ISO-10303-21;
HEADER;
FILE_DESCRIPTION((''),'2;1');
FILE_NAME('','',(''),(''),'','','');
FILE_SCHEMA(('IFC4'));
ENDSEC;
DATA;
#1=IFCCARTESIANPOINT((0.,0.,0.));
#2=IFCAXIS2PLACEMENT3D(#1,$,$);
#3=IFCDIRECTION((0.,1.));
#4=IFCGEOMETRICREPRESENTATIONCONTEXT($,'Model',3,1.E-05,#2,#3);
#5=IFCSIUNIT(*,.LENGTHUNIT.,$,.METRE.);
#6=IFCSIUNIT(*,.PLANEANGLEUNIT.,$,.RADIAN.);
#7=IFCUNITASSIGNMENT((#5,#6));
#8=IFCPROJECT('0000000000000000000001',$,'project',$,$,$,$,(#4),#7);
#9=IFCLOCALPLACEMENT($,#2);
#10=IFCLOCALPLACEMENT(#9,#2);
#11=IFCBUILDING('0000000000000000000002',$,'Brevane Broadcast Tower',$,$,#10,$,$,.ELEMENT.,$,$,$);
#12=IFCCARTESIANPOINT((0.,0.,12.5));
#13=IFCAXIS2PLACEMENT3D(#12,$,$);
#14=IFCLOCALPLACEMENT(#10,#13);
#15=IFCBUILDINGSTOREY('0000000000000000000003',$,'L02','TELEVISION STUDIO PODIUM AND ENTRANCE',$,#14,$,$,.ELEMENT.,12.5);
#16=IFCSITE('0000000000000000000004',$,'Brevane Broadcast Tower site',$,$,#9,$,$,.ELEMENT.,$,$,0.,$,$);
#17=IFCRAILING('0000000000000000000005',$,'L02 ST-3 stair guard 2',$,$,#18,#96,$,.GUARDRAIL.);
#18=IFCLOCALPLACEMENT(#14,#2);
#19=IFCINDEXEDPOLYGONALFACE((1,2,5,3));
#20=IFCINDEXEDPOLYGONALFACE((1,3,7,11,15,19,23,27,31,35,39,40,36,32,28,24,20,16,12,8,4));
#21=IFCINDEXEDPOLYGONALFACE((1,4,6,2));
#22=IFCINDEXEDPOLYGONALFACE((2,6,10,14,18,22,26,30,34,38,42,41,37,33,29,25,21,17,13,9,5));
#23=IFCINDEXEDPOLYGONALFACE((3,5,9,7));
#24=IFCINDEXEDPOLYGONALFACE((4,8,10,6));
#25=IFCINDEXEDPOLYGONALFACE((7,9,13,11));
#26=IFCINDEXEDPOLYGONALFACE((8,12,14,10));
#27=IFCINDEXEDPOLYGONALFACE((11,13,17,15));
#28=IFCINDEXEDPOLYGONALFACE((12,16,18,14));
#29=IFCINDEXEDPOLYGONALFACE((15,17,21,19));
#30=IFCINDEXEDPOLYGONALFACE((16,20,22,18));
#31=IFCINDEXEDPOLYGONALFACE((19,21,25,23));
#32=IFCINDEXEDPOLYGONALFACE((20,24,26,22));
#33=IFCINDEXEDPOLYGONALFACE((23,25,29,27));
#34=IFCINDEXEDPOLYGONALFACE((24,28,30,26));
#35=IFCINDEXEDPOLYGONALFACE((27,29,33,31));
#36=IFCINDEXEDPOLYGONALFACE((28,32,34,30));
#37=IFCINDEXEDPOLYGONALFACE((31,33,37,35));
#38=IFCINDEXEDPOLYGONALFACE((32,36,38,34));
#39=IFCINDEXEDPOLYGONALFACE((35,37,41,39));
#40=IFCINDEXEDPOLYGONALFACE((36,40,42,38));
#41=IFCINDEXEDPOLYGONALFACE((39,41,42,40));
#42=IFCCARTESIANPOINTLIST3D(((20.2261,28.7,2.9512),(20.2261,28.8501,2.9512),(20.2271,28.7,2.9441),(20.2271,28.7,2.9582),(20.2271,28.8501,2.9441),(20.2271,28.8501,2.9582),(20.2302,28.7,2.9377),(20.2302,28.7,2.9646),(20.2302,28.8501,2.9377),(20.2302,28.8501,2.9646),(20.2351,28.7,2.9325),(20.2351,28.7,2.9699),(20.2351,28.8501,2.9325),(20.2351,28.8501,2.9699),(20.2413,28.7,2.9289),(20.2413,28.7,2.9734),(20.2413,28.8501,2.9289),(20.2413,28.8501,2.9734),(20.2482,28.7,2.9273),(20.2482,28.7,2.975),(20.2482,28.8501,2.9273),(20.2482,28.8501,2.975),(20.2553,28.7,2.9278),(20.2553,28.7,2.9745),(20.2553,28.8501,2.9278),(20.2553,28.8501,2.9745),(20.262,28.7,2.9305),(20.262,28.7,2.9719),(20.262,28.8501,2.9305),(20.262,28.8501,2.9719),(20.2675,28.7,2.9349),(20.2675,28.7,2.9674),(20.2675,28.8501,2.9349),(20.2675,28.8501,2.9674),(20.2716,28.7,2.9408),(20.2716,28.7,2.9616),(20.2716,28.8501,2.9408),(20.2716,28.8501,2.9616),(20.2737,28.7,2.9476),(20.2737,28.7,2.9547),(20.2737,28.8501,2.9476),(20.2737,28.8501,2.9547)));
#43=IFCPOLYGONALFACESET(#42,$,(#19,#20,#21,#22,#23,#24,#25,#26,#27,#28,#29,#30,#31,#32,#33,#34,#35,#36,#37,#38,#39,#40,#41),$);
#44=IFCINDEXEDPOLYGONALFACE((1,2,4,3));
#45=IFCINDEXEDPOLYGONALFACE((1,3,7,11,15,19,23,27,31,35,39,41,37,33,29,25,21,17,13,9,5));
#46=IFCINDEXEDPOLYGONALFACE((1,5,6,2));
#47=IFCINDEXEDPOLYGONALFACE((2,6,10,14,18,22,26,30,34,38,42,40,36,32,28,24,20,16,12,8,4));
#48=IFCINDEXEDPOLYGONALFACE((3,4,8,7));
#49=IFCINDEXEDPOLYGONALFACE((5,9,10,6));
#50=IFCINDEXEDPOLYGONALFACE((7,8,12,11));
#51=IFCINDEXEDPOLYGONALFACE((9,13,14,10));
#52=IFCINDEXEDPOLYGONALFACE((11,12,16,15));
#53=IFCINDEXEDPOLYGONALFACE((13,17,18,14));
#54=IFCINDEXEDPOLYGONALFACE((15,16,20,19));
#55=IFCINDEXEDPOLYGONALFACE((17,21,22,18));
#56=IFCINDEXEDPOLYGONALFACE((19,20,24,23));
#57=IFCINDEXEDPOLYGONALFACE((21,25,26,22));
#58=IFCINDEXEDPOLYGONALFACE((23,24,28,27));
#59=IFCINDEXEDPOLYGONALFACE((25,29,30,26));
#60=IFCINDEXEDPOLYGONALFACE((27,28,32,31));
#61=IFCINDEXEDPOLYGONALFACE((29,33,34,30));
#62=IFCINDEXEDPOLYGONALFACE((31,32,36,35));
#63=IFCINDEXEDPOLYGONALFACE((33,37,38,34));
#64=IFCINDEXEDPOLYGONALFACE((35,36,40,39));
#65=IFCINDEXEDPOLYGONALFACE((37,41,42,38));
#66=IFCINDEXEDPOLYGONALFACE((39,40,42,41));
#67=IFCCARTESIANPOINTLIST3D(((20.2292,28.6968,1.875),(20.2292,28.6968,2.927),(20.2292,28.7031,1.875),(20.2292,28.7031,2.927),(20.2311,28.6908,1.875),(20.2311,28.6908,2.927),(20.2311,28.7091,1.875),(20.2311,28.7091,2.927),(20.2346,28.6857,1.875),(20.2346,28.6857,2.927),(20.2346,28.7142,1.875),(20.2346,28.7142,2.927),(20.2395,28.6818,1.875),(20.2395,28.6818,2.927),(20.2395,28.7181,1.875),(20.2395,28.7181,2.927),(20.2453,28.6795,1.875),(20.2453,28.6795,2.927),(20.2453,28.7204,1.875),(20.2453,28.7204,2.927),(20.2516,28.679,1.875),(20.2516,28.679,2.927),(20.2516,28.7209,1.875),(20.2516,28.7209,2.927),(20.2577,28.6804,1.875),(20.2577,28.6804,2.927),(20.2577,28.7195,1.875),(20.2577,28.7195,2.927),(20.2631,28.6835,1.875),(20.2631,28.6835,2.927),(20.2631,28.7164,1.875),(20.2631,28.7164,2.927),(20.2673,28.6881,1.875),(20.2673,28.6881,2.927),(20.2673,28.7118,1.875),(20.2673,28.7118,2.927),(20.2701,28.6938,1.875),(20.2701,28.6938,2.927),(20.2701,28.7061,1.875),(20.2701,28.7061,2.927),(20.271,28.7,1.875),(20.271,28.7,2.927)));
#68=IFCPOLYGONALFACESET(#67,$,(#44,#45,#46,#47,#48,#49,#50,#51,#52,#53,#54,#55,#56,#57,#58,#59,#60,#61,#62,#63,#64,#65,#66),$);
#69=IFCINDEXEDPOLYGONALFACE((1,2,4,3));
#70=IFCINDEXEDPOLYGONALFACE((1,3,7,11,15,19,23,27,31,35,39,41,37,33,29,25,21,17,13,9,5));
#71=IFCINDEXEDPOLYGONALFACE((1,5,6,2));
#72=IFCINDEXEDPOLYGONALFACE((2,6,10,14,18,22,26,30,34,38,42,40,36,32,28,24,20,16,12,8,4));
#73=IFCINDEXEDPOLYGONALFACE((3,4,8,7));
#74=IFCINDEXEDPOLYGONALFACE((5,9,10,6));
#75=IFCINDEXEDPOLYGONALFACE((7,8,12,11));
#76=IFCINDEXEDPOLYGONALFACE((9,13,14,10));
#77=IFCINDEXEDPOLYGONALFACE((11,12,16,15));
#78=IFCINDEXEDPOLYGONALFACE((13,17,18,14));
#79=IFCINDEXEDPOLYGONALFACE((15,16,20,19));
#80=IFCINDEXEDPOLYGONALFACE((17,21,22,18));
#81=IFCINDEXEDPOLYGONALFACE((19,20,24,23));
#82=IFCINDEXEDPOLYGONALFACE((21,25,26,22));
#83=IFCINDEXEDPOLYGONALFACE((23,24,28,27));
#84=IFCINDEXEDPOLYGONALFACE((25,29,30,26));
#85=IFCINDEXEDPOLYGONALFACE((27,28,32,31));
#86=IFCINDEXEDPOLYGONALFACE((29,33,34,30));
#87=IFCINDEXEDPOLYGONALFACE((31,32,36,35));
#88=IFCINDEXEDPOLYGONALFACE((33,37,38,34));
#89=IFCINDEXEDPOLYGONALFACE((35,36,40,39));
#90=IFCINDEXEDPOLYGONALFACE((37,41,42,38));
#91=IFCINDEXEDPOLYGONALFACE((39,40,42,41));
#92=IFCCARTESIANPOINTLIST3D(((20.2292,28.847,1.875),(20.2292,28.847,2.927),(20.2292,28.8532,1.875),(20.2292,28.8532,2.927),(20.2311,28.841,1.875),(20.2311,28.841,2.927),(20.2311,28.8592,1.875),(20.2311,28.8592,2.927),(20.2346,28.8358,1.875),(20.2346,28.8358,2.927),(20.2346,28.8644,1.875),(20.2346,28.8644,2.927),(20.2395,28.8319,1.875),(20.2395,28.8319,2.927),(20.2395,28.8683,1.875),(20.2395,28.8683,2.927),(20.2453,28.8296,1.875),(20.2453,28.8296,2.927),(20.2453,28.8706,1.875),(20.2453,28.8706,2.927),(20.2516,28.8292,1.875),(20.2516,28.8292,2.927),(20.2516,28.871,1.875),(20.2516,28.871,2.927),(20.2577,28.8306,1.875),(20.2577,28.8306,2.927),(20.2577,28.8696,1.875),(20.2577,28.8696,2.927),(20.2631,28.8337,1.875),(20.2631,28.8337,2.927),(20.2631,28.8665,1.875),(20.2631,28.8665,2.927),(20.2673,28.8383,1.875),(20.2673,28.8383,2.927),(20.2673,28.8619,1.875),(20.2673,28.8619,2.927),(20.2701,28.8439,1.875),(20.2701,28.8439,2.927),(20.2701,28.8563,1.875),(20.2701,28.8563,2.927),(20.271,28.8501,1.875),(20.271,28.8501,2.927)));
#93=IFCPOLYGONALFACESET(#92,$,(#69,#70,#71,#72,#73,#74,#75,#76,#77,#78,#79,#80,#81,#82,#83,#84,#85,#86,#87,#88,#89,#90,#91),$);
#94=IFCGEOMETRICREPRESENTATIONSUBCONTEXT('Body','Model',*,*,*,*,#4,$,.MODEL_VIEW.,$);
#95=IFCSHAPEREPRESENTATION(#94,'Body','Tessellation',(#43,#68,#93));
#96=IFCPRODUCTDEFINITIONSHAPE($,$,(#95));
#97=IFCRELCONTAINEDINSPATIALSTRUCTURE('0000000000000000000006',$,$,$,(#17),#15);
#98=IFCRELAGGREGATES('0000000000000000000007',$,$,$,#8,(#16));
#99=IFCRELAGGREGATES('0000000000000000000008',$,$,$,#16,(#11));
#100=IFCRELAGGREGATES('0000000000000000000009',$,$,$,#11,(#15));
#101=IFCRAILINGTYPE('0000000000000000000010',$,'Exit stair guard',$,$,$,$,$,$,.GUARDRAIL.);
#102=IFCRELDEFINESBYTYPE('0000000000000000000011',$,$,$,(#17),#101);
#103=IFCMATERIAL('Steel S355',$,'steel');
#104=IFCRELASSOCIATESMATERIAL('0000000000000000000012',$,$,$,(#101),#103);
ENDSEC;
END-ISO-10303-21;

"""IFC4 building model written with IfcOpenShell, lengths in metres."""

from ifc_helpers import new_model, si_unit, direction, frame, origin, origin_2d, place, context, subcontext, project, spatial, circle, extrude, material, type_object, element, save


model = new_model("IFC4")

# Units and contexts
model_context = context("Model", 3, precision=1e-05, world=origin(), true_north=direction((0.0, 1.0)))
body_context = subcontext(model_context, "Body", "Model", "MODEL_VIEW")
ifc_project = project(units=[si_unit("LENGTHUNIT", "METRE"), si_unit("PLANEANGLEUNIT", "RADIAN")], contexts=[model_context])

# Site, building, storey
site_placement = place(None, origin())
site = spatial("IfcSite", under=ifc_project, at=site_placement, Name="Brevane Broadcast Tower site", CompositionType="ELEMENT", RefElevation=0.0)
building_placement = place(site_placement, origin())
building = spatial("IfcBuilding", under=site, at=building_placement, Name="Brevane Broadcast Tower", CompositionType="ELEMENT")
storey_placement = place(building_placement, frame((0.0, 0.0, 12.5)))
storey = spatial("IfcBuildingStorey", under=building, at=storey_placement, Name="L02", Description="TELEVISION STUDIO PODIUM AND ENTRANCE", CompositionType="ELEMENT", Elevation=12.5)

# Railing
ifc_material_1 = material(Name="Steel S355", Category="steel")
railing_type_1 = type_object("IfcRailingType", Name="Exit stair guard", PredefinedType="GUARDRAIL", material=ifc_material_1)
railing_1_placement = place(storey_placement, frame((20.25, 28.7, 1.875)))
element("IfcRailing", 1, at=railing_1_placement, inside=storey, type_object=railing_type_1, Name="L02 ST-3 stair guard 2", PredefinedType="GUARDRAIL", context=body_context, shape_type="SweptSolid", body=[
    extrude(circle(Radius=0.0239, at=origin_2d()), frame((0.0, 0.0, 1.0762), z_axis=(0.0, 1.0, 0.0), x_axis=(-1.0, 0.0, 0.0)), (0.0, 0.0, 1.0), 0.1501),
    extrude(circle(Radius=0.021, at=origin_2d()), origin(), (0.0, 0.0, 1.0), 1.052),
    extrude(circle(Radius=0.021, at=origin_2d()), frame((0.0, 0.1501, 0.0)), (0.0, 0.0, 1.0), 1.052),
])

save(model, "model.ifc")
